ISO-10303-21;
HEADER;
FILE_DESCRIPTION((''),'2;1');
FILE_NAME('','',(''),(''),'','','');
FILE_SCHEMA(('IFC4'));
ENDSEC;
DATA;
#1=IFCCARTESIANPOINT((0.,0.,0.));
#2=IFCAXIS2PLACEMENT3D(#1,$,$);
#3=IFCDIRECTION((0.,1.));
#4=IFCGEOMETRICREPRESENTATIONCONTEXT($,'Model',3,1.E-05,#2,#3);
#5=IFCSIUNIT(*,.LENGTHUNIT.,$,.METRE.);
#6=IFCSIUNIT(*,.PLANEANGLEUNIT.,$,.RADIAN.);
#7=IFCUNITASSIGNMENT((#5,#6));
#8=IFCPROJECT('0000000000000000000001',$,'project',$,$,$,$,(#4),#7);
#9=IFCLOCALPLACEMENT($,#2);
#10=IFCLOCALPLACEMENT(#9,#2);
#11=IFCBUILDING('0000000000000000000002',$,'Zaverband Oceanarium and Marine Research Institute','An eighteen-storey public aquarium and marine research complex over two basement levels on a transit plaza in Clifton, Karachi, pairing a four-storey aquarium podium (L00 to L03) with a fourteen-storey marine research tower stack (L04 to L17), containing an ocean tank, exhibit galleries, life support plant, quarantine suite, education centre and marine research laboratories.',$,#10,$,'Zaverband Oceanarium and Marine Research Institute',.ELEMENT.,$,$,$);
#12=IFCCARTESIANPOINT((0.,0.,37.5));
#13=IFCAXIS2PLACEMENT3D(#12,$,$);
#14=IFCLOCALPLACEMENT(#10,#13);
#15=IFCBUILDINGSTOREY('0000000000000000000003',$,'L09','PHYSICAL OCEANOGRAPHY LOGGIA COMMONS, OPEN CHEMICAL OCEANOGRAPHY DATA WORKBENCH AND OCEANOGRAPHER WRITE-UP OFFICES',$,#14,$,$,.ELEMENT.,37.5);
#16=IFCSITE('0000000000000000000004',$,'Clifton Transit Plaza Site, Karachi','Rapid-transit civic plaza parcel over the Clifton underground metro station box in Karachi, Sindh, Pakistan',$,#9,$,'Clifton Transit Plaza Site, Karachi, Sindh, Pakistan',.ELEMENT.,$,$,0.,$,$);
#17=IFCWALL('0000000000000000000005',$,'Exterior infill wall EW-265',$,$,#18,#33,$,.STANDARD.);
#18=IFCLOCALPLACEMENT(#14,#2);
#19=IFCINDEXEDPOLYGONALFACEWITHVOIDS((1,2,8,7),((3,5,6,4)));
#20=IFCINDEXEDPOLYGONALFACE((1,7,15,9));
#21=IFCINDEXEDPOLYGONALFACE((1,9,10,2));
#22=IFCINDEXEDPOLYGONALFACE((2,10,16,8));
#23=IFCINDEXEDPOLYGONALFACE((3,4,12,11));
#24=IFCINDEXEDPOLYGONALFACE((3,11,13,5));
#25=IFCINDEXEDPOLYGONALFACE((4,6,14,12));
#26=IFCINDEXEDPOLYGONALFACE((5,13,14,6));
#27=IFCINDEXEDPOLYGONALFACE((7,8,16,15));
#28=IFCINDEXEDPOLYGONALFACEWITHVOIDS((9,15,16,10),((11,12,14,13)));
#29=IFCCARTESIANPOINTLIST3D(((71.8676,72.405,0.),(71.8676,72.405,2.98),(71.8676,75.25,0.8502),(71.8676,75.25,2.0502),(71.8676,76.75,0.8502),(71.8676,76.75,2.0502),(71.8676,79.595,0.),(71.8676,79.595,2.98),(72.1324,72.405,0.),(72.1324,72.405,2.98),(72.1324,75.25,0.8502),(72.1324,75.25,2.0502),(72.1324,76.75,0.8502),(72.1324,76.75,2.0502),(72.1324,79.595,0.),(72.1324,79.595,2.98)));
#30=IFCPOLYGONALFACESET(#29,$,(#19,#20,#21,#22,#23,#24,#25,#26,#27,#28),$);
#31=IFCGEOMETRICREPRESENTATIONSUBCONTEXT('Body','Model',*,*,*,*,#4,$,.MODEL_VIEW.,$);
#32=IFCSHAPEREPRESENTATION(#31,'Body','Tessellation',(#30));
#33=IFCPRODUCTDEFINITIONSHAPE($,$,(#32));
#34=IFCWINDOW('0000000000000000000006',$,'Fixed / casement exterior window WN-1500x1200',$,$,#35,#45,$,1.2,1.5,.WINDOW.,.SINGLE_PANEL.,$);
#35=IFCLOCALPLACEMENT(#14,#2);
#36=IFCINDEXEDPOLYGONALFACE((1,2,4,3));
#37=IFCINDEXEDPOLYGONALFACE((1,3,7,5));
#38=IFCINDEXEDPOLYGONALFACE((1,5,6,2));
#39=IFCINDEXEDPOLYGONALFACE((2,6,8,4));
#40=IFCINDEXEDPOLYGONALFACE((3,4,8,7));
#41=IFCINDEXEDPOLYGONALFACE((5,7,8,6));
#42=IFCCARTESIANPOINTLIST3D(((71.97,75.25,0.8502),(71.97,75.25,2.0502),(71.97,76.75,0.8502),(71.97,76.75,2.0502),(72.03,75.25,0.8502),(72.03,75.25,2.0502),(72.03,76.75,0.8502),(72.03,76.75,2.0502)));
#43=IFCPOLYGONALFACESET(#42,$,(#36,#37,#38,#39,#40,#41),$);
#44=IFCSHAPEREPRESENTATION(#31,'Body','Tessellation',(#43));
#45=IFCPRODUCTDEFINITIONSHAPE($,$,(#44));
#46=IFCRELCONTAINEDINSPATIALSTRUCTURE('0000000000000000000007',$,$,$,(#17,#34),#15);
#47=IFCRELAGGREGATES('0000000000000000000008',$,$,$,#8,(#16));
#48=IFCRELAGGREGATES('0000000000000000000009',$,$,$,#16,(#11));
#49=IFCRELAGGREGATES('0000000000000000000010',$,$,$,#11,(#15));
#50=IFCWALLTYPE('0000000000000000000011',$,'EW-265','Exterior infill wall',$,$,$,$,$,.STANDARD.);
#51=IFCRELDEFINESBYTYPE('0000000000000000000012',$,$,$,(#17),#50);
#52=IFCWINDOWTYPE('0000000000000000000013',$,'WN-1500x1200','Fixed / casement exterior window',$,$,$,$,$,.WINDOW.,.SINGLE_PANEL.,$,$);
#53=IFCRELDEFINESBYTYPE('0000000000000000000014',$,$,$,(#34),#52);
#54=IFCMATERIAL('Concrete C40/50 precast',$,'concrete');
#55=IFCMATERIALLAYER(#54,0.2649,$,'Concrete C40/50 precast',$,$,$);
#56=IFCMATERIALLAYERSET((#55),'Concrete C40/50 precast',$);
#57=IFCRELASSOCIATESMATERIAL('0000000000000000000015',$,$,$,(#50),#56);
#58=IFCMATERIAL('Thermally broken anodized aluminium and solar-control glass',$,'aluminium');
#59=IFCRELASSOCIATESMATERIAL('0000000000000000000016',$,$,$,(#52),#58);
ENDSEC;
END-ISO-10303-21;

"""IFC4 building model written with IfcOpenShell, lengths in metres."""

from ifc_helpers import new_model, si_unit, direction, frame, frame_2d, origin, place, context, subcontext, project, spatial, rectangle, extrude, material, layer, layer_set, type_object, element, fill, save


model = new_model("IFC4")

# Units and contexts
model_context = context("Model", 3, precision=1e-05, world=origin(), true_north=direction((0.0, 1.0)))
body_context = subcontext(model_context, "Body", "Model", "MODEL_VIEW")
ifc_project = project(units=[si_unit("LENGTHUNIT", "METRE"), si_unit("PLANEANGLEUNIT", "RADIAN")], contexts=[model_context])

# Site, building, storey
site_placement = place(None, origin())
site = spatial("IfcSite", under=ifc_project, at=site_placement, Name="Clifton Transit Plaza Site, Karachi", Description="Rapid-transit civic plaza parcel over the Clifton underground metro station box in Karachi, Sindh, Pakistan", LongName="Clifton Transit Plaza Site, Karachi, Sindh, Pakistan", CompositionType="ELEMENT", RefElevation=0.0)
building_placement = place(site_placement, origin())
building = spatial("IfcBuilding", under=site, at=building_placement, Name="Zaverband Oceanarium and Marine Research Institute", Description="An eighteen-storey public aquarium and marine research complex over two basement levels on a transit plaza in Clifton, Karachi, pairing a four-storey aquarium podium (L00 to L03) with a fourteen-storey marine research tower stack (L04 to L17), containing an ocean tank, exhibit galleries, life support plant, quarantine suite, education centre and marine research laboratories.", LongName="Zaverband Oceanarium and Marine Research Institute", CompositionType="ELEMENT")
storey_placement = place(building_placement, frame((0.0, 0.0, 37.5)))
storey = spatial("IfcBuildingStorey", under=building, at=storey_placement, Name="L09", Description="PHYSICAL OCEANOGRAPHY LOGGIA COMMONS, OPEN CHEMICAL OCEANOGRAPHY DATA WORKBENCH AND OCEANOGRAPHER WRITE-UP OFFICES", CompositionType="ELEMENT", Elevation=37.5)

# Shared definitions
ifc_material_1 = material(Name="Thermally broken anodized aluminium and solar-control glass", Category="aluminium")

# Wall, opening, window
ifc_material_2 = material(Name="Concrete C40/50 precast", Category="concrete")
ifc_layer_1 = layer(ifc_material_2, 0.2649, Name="Concrete C40/50 precast")
ifc_layer_set_1 = layer_set([ifc_layer_1], Name="Concrete C40/50 precast")
wall_type = type_object("IfcWallType", Name="EW-265", Description="Exterior infill wall", PredefinedType="STANDARD", material=ifc_layer_set_1)
wall_placement = place(storey_placement, frame((72.0, 72.405, 0.0), z_axis=(0.0, 0.0, 1.0), x_axis=(0.0, 1.0, 0.0)))
wall = element("IfcWall", 1, at=wall_placement, inside=storey, type_object=wall_type, Name="Exterior infill wall EW-265", PredefinedType="STANDARD", context=body_context, shape_type="SweptSolid", body=[
    extrude(rectangle(XDim=7.1899, YDim=0.2649, at=frame_2d((3.595, 0.0))), origin(), (0.0, 0.0, 1.0), 2.98),
])
opening_placement = place(wall_placement, frame((2.845, 0.0, 0.8501)))
opening = element("IfcOpeningElement", 2, at=opening_placement, cuts=wall, PredefinedType="OPENING", context=body_context, shape_type="SweptSolid", body=[
    extrude(rectangle(XDim=1.5, YDim=1.2, at=frame_2d((0.75, 0.6001))), frame((0.0, 0.1445, 0.0), z_axis=(0.0, -1.0, 0.0), x_axis=(1.0, 0.0, 0.0)), (0.0, 0.0, 1.0), 0.2888),
])
window_type = type_object("IfcWindowType", Name="WN-1500x1200", Description="Fixed / casement exterior window", PartitioningType="SINGLE_PANEL", PredefinedType="WINDOW", material=ifc_material_1)
window_placement = place(opening_placement, origin())
window = element("IfcWindow", 3, at=window_placement, inside=storey, type_object=window_type, Name="Fixed / casement exterior window WN-1500x1200", OverallHeight=1.2, OverallWidth=1.5, PartitioningType="SINGLE_PANEL", PredefinedType="WINDOW", context=body_context, shape_type="SweptSolid", body=[
    extrude(rectangle(XDim=1.5, YDim=1.2, at=frame_2d((0.75, 0.6001))), frame((0.0, 0.03, 0.0), z_axis=(0.0, -1.0, 0.0), x_axis=(1.0, 0.0, 0.0)), (0.0, 0.0, 1.0), 0.0601),
])
fill(opening, window)

save(model, "model.ifc")
